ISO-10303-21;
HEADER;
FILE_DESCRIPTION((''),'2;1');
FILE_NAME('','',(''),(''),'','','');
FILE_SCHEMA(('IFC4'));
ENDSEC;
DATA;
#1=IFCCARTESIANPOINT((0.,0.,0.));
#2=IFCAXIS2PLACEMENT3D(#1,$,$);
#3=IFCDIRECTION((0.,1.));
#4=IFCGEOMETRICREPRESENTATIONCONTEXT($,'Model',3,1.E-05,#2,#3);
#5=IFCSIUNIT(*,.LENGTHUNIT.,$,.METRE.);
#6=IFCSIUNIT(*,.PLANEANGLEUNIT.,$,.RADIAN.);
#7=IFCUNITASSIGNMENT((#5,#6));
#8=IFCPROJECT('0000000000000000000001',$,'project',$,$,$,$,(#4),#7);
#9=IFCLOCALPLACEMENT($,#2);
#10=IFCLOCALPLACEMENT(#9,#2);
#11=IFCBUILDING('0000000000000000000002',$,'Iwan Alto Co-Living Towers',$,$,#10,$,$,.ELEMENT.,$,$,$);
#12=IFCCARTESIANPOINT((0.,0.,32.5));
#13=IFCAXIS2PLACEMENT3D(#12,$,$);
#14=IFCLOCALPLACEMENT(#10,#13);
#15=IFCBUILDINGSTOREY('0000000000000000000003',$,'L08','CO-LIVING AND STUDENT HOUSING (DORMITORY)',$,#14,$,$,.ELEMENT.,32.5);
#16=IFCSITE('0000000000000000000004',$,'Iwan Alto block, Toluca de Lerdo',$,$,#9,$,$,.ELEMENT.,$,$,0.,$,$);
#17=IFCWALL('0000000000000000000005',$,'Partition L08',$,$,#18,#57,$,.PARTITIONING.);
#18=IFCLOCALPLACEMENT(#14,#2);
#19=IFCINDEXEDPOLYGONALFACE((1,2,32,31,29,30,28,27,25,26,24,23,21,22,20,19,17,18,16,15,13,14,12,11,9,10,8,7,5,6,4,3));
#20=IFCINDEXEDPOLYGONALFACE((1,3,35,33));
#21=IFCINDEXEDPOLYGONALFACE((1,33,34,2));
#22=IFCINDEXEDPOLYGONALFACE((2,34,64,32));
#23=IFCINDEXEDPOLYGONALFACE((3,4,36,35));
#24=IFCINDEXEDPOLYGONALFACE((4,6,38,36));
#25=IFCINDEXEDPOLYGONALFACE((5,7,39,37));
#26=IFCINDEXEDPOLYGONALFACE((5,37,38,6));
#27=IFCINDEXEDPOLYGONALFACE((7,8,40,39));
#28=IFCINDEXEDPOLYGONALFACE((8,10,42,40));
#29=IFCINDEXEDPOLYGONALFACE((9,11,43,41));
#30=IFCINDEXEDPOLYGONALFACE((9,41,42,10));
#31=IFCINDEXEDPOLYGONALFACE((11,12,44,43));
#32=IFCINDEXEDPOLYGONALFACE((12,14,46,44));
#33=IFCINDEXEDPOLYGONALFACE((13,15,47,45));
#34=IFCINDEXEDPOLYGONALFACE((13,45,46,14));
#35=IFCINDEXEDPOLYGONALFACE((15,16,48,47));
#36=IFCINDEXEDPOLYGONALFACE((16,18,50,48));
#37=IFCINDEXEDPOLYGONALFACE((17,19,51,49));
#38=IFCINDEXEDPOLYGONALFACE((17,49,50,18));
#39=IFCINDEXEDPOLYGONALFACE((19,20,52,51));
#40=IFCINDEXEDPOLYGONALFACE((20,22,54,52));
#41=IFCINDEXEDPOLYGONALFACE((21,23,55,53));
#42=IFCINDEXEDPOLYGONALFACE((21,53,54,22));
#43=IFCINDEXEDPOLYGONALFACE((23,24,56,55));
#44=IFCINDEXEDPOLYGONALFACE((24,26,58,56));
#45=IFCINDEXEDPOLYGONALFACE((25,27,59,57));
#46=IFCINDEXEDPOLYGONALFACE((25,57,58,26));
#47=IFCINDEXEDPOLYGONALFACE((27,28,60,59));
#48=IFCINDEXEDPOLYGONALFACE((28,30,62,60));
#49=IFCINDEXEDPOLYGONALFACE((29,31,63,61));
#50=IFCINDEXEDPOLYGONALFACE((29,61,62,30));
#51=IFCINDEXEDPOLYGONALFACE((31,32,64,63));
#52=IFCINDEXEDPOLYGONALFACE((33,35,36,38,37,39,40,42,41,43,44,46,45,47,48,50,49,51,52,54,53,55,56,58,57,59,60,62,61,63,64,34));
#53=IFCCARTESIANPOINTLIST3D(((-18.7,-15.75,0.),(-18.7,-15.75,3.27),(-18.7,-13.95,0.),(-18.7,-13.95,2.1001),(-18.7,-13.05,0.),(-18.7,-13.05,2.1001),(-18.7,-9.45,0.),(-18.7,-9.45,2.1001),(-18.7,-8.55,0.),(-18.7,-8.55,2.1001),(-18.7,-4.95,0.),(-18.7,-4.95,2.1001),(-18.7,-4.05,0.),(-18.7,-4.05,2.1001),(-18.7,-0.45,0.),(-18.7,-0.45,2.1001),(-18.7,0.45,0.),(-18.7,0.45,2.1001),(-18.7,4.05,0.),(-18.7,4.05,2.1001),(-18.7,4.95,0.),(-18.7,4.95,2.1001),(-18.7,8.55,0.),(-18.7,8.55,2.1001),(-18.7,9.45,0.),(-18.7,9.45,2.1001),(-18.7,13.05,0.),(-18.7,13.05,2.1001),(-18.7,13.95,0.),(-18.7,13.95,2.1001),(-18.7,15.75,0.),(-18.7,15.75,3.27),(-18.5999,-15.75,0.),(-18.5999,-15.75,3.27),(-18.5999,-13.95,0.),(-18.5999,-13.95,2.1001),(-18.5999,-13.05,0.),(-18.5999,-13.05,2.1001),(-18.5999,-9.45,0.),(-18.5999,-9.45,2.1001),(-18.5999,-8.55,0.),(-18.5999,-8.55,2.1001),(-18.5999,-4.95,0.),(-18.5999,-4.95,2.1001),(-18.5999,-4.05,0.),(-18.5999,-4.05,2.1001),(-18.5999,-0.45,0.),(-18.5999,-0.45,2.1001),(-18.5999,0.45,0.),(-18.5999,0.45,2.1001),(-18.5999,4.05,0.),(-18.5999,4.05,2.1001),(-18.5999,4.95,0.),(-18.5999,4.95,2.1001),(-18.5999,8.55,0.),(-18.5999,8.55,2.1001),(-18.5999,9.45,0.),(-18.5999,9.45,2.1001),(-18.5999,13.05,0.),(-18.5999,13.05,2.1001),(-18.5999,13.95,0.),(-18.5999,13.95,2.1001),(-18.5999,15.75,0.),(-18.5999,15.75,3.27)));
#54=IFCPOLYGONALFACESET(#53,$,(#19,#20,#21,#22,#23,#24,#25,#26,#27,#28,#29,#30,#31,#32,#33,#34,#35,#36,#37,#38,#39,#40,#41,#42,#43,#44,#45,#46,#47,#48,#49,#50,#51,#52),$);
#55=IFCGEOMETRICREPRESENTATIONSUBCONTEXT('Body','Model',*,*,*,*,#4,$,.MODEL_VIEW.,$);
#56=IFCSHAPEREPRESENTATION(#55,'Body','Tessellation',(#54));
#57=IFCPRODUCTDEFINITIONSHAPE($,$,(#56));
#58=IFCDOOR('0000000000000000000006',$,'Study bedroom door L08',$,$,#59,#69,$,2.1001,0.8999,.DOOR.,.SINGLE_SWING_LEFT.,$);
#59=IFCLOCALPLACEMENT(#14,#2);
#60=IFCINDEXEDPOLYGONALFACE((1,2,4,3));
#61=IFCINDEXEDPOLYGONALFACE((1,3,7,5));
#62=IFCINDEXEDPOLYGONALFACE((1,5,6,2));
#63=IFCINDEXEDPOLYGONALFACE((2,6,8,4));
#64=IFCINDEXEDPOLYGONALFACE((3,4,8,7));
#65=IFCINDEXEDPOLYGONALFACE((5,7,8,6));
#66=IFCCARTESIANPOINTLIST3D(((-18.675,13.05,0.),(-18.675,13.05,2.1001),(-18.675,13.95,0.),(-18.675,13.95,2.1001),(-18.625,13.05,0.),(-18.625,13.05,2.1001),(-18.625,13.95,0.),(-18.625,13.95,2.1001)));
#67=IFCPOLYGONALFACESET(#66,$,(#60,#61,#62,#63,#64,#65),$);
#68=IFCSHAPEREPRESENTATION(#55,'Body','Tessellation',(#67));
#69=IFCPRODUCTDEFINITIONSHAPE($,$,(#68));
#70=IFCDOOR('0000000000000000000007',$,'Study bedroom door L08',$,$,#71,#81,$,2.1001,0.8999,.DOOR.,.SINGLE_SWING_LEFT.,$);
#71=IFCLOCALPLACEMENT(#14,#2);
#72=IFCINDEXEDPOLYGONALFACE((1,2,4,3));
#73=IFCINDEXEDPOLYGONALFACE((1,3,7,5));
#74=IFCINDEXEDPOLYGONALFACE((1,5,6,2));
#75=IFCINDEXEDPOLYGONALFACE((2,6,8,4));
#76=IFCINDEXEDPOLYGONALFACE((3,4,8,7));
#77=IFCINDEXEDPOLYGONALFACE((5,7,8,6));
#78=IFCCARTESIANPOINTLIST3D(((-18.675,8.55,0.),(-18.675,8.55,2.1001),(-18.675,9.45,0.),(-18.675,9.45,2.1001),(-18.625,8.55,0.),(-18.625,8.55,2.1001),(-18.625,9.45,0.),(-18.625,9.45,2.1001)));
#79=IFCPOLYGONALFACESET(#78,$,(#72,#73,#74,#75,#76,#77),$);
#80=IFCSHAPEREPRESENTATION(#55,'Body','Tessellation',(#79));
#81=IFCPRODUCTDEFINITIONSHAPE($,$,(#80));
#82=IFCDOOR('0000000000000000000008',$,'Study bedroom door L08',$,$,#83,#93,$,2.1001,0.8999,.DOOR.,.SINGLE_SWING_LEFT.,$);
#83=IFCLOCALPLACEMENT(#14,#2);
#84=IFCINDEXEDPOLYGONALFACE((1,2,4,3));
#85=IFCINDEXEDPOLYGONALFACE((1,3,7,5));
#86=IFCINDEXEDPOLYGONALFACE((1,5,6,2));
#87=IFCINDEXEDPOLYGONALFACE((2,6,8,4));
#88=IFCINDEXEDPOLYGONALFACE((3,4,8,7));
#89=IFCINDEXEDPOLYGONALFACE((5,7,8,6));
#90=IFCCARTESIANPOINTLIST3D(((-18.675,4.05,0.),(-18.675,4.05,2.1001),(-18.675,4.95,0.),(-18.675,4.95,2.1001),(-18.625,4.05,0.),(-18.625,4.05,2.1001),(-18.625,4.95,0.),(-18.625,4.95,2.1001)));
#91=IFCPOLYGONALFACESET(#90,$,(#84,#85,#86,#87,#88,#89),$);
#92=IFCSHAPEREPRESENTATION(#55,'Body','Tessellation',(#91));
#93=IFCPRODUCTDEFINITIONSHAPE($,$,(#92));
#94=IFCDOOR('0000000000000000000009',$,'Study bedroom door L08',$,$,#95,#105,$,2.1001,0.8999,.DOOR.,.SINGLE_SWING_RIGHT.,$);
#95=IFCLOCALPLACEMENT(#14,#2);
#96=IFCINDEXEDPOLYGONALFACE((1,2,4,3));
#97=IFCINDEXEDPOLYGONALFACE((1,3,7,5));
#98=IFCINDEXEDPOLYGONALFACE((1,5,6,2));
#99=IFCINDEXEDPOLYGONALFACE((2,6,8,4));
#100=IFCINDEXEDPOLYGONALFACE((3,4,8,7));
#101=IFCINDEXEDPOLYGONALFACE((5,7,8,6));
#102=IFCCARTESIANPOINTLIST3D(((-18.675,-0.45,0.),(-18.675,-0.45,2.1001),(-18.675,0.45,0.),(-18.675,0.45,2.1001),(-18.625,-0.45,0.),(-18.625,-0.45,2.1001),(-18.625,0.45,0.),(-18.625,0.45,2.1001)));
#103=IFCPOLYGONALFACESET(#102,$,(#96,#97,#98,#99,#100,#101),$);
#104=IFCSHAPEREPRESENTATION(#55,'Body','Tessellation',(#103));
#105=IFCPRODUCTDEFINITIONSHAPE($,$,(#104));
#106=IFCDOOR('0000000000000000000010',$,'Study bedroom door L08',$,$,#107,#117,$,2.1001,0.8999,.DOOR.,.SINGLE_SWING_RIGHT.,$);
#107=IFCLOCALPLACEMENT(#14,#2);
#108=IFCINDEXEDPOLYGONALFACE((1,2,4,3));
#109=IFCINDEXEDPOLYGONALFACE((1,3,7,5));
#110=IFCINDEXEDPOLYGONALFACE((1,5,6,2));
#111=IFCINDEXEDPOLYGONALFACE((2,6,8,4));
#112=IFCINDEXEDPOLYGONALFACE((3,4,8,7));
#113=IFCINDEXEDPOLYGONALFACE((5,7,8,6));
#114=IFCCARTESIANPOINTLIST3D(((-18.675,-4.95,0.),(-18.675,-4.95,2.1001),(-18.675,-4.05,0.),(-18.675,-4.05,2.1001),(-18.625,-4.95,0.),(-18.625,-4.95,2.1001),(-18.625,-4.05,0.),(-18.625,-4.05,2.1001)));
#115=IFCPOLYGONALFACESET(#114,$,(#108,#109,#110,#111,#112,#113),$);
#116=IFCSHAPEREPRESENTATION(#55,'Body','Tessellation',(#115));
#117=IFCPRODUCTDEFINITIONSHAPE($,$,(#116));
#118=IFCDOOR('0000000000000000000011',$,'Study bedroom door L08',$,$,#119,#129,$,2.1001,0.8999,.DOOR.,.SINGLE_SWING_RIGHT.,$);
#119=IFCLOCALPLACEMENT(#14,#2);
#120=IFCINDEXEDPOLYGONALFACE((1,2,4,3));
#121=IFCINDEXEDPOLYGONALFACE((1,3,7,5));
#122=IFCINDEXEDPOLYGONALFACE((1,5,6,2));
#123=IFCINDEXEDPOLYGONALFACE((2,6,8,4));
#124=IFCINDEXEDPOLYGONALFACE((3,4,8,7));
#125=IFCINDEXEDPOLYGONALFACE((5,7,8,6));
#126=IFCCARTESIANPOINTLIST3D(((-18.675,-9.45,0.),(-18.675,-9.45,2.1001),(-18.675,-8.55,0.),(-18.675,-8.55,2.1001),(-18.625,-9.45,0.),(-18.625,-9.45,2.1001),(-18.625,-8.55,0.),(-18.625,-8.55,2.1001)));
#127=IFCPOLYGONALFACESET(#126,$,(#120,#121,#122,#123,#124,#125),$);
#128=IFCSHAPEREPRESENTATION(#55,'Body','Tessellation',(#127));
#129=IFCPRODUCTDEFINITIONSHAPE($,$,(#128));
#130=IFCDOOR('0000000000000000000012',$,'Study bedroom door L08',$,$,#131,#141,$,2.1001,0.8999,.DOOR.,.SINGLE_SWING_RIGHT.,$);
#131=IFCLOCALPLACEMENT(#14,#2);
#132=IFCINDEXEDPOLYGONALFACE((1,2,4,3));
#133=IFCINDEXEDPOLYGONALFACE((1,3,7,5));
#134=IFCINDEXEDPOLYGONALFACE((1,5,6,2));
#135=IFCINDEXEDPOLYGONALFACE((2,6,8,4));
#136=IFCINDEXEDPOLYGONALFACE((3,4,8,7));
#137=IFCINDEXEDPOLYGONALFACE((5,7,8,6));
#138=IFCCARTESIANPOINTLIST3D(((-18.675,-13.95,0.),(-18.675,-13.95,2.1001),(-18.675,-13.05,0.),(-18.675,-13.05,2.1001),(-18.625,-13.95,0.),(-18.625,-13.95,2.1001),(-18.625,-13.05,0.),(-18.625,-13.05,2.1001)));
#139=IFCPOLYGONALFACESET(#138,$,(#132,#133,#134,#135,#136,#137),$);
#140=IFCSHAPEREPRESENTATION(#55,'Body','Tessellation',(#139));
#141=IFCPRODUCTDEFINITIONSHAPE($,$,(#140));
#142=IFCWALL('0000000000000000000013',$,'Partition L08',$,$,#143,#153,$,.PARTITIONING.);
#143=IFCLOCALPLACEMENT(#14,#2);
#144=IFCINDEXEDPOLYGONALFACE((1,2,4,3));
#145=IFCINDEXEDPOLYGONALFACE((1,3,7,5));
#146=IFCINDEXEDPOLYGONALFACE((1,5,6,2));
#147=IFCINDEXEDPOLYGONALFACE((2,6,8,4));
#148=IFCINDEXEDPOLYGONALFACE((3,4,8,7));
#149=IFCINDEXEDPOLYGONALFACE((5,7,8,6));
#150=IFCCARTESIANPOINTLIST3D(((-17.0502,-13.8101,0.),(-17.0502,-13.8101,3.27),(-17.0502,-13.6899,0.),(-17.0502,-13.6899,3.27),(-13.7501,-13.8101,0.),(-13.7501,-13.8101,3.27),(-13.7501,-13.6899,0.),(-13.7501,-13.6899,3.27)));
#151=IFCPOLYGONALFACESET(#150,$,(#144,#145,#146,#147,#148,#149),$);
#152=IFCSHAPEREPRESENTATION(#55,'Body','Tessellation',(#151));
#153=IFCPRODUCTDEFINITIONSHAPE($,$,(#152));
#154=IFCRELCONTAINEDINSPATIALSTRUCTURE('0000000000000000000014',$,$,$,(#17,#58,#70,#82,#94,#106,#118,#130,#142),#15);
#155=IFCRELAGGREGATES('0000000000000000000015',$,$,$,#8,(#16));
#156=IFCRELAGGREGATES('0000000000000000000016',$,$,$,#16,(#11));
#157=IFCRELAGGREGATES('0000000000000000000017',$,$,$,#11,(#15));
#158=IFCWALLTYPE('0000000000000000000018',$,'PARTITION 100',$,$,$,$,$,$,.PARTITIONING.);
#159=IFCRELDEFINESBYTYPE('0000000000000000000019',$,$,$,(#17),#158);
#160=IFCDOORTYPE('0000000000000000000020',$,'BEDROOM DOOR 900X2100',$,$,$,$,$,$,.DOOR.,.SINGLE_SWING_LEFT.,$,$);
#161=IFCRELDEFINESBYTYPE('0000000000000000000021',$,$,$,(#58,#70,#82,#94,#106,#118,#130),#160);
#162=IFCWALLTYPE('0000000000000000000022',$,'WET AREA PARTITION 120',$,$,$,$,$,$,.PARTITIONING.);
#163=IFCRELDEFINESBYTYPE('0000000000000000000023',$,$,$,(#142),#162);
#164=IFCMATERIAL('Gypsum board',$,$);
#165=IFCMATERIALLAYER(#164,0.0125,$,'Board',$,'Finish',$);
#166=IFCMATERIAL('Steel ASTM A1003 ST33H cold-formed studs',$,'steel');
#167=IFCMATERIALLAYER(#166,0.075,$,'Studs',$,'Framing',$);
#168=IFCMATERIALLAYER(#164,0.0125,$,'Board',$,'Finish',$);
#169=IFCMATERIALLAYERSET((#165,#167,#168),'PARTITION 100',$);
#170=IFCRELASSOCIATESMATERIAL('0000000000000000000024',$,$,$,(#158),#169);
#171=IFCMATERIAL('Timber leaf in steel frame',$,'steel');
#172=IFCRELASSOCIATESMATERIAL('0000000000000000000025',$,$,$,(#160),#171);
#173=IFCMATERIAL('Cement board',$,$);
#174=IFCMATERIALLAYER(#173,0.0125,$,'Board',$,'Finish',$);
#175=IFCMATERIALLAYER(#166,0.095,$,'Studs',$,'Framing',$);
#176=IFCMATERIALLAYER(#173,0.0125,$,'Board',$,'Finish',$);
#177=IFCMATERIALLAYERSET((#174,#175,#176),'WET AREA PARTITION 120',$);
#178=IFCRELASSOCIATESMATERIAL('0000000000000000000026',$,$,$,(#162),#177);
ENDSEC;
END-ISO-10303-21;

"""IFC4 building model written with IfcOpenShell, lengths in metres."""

from ifc_helpers import new_model, si_unit, direction, frame, frame_2d, origin, place, context, subcontext, project, spatial, rectangle, extrude, material, layer, layer_set, type_object, element, fill, save


model = new_model("IFC4")

# Units and contexts
model_context = context("Model", 3, precision=1e-05, world=origin(), true_north=direction((0.0, 1.0)))
body_context = subcontext(model_context, "Body", "Model", "MODEL_VIEW")
ifc_project = project(units=[si_unit("LENGTHUNIT", "METRE"), si_unit("PLANEANGLEUNIT", "RADIAN")], contexts=[model_context])

# Site, building, storey
site_placement = place(None, origin())
site = spatial("IfcSite", under=ifc_project, at=site_placement, Name="Iwan Alto block, Toluca de Lerdo", CompositionType="ELEMENT", RefElevation=0.0)
building_placement = place(site_placement, origin())
building = spatial("IfcBuilding", under=site, at=building_placement, Name="Iwan Alto Co-Living Towers", CompositionType="ELEMENT")
storey_placement = place(building_placement, frame((0.0, 0.0, 32.5)))
storey = spatial("IfcBuildingStorey", under=building, at=storey_placement, Name="L08", Description="CO-LIVING AND STUDENT HOUSING (DORMITORY)", CompositionType="ELEMENT", Elevation=32.5)

# Shared definitions
ifc_material_1 = material(Name="Gypsum board")
ifc_layer_1 = layer(ifc_material_1, 0.0125, Name="Board", Category="Finish")
ifc_material_2 = material(Name="Steel ASTM A1003 ST33H cold-formed studs", Category="steel")
ifc_layer_2 = layer(ifc_material_2, 0.075, Name="Studs", Category="Framing")
ifc_layer_3 = layer(ifc_material_1, 0.0125, Name="Board", Category="Finish")
ifc_layer_set_1 = layer_set([ifc_layer_1, ifc_layer_2, ifc_layer_3], Name="PARTITION 100")
wall_type_1 = type_object("IfcWallType", Name="PARTITION 100", PredefinedType="PARTITIONING", material=ifc_layer_set_1)

# Wall, openings, doors
wall_1_placement = place(storey_placement, frame((-18.6499, -15.75, 0.0), z_axis=(0.0, 0.0, 1.0), x_axis=(0.0, 1.0, 0.0)))
wall_1 = element("IfcWall", 1, at=wall_1_placement, inside=storey, type_object=wall_type_1, Name="Partition L08", PredefinedType="PARTITIONING", context=body_context, shape_type="SweptSolid", body=[
    extrude(rectangle(XDim=31.5, YDim=0.1001, at=frame_2d((15.75, 0.0))), origin(), (0.0, 0.0, 1.0), 3.27),
])
opening_1_placement = place(wall_1_placement, frame((28.8, 0.0, 0.0)))
opening_1 = element("IfcOpeningElement", 2, at=opening_1_placement, cuts=wall_1, PredefinedType="OPENING", context=body_context, shape_type="SweptSolid", body=[
    extrude(rectangle(XDim=0.8999, YDim=2.1001, at=frame_2d((0.45, 1.05))), frame((0.0, 0.0601, 0.0), z_axis=(0.0, -1.0, 0.0), x_axis=(1.0, 0.0, 0.0)), (0.0, 0.0, 1.0), 0.1201),
])
opening_2_placement = place(wall_1_placement, frame((24.3, 0.0, 0.0)))
opening_2 = element("IfcOpeningElement", 3, at=opening_2_placement, cuts=wall_1, PredefinedType="OPENING", context=body_context, shape_type="SweptSolid", body=[
    extrude(rectangle(XDim=0.8999, YDim=2.1001, at=frame_2d((0.45, 1.05))), frame((0.0, 0.0601, 0.0), z_axis=(0.0, -1.0, 0.0), x_axis=(1.0, 0.0, 0.0)), (0.0, 0.0, 1.0), 0.1201),
])
opening_3_placement = place(wall_1_placement, frame((19.8, 0.0, 0.0)))
opening_3 = element("IfcOpeningElement", 4, at=opening_3_placement, cuts=wall_1, PredefinedType="OPENING", context=body_context, shape_type="SweptSolid", body=[
    extrude(rectangle(XDim=0.8999, YDim=2.1001, at=frame_2d((0.45, 1.05))), frame((0.0, 0.0601, 0.0), z_axis=(0.0, -1.0, 0.0), x_axis=(1.0, 0.0, 0.0)), (0.0, 0.0, 1.0), 0.1201),
])
opening_4_placement = place(wall_1_placement, frame((15.3, 0.0, 0.0)))
opening_4 = element("IfcOpeningElement", 5, at=opening_4_placement, cuts=wall_1, PredefinedType="OPENING", context=body_context, shape_type="SweptSolid", body=[
    extrude(rectangle(XDim=0.8999, YDim=2.1001, at=frame_2d((0.45, 1.05))), frame((0.0, 0.0601, 0.0), z_axis=(0.0, -1.0, 0.0), x_axis=(1.0, 0.0, 0.0)), (0.0, 0.0, 1.0), 0.1201),
])
opening_5_placement = place(wall_1_placement, frame((10.8, 0.0, 0.0)))
opening_5 = element("IfcOpeningElement", 6, at=opening_5_placement, cuts=wall_1, PredefinedType="OPENING", context=body_context, shape_type="SweptSolid", body=[
    extrude(rectangle(XDim=0.8999, YDim=2.1001, at=frame_2d((0.45, 1.05))), frame((0.0, 0.0601, 0.0), z_axis=(0.0, -1.0, 0.0), x_axis=(1.0, 0.0, 0.0)), (0.0, 0.0, 1.0), 0.1201),
])
opening_6_placement = place(wall_1_placement, frame((6.3, 0.0, 0.0)))
opening_6 = element("IfcOpeningElement", 7, at=opening_6_placement, cuts=wall_1, PredefinedType="OPENING", context=body_context, shape_type="SweptSolid", body=[
    extrude(rectangle(XDim=0.8999, YDim=2.1001, at=frame_2d((0.45, 1.05))), frame((0.0, 0.0601, 0.0), z_axis=(0.0, -1.0, 0.0), x_axis=(1.0, 0.0, 0.0)), (0.0, 0.0, 1.0), 0.1201),
])
opening_7_placement = place(wall_1_placement, frame((1.8, 0.0, 0.0)))
opening_7 = element("IfcOpeningElement", 8, at=opening_7_placement, cuts=wall_1, PredefinedType="OPENING", context=body_context, shape_type="SweptSolid", body=[
    extrude(rectangle(XDim=0.8999, YDim=2.1001, at=frame_2d((0.45, 1.05))), frame((0.0, 0.0601, 0.0), z_axis=(0.0, -1.0, 0.0), x_axis=(1.0, 0.0, 0.0)), (0.0, 0.0, 1.0), 0.1201),
])
ifc_material_3 = material(Name="Timber leaf in steel frame", Category="steel")
door_type_1 = type_object("IfcDoorType", Name="BEDROOM DOOR 900X2100", OperationType="SINGLE_SWING_LEFT", PredefinedType="DOOR", material=ifc_material_3)
door_1_placement = place(opening_1_placement, frame((0.8999, 0.0, 0.0), z_axis=(0.0, 0.0, 1.0), x_axis=(-1.0, 0.0, 0.0)))
door_1 = element("IfcDoor", 9, at=door_1_placement, inside=storey, type_object=door_type_1, Name="Study bedroom door L08", OperationType="SINGLE_SWING_LEFT", OverallHeight=2.1001, OverallWidth=0.8999, PredefinedType="DOOR", context=body_context, shape_type="SweptSolid", body=[
    extrude(rectangle(XDim=0.8999, YDim=2.1001, at=frame_2d((0.45, 1.05))), frame((0.0, 0.0249, 0.0), z_axis=(0.0, -1.0, 0.0), x_axis=(1.0, 0.0, 0.0)), (0.0, 0.0, 1.0), 0.05),
])
fill(opening_1, door_1)
door_2_placement = place(opening_2_placement, frame((0.8999, 0.0, 0.0), z_axis=(0.0, 0.0, 1.0), x_axis=(-1.0, 0.0, 0.0)))
door_2 = element("IfcDoor", 10, at=door_2_placement, inside=storey, type_object=door_type_1, Name="Study bedroom door L08", OperationType="SINGLE_SWING_LEFT", OverallHeight=2.1001, OverallWidth=0.8999, PredefinedType="DOOR", context=body_context, shape_type="SweptSolid", body=[
    extrude(rectangle(XDim=0.8999, YDim=2.1001, at=frame_2d((0.45, 1.05))), frame((0.0, 0.0249, 0.0), z_axis=(0.0, -1.0, 0.0), x_axis=(1.0, 0.0, 0.0)), (0.0, 0.0, 1.0), 0.05),
])
fill(opening_2, door_2)
door_3_placement = place(opening_3_placement, frame((0.8999, 0.0, 0.0), z_axis=(0.0, 0.0, 1.0), x_axis=(-1.0, 0.0, 0.0)))
door_3 = element("IfcDoor", 11, at=door_3_placement, inside=storey, type_object=door_type_1, Name="Study bedroom door L08", OperationType="SINGLE_SWING_LEFT", OverallHeight=2.1001, OverallWidth=0.8999, PredefinedType="DOOR", context=body_context, shape_type="SweptSolid", body=[
    extrude(rectangle(XDim=0.8999, YDim=2.1001, at=frame_2d((0.45, 1.05))), frame((0.0, 0.0249, 0.0), z_axis=(0.0, -1.0, 0.0), x_axis=(1.0, 0.0, 0.0)), (0.0, 0.0, 1.0), 0.05),
])
fill(opening_3, door_3)
door_4_placement = place(opening_4_placement, frame((0.8999, 0.0, 0.0), z_axis=(0.0, 0.0, 1.0), x_axis=(-1.0, 0.0, 0.0)))
door_4 = element("IfcDoor", 12, at=door_4_placement, inside=storey, type_object=door_type_1, Name="Study bedroom door L08", OperationType="SINGLE_SWING_RIGHT", OverallHeight=2.1001, OverallWidth=0.8999, PredefinedType="DOOR", context=body_context, shape_type="SweptSolid", body=[
    extrude(rectangle(XDim=0.8999, YDim=2.1001, at=frame_2d((0.45, 1.05))), frame((0.0, 0.0249, 0.0), z_axis=(0.0, -1.0, 0.0), x_axis=(1.0, 0.0, 0.0)), (0.0, 0.0, 1.0), 0.05),
])
fill(opening_4, door_4)
door_5_placement = place(opening_5_placement, frame((0.8999, 0.0, 0.0), z_axis=(0.0, 0.0, 1.0), x_axis=(-1.0, 0.0, 0.0)))
door_5 = element("IfcDoor", 13, at=door_5_placement, inside=storey, type_object=door_type_1, Name="Study bedroom door L08", OperationType="SINGLE_SWING_RIGHT", OverallHeight=2.1001, OverallWidth=0.8999, PredefinedType="DOOR", context=body_context, shape_type="SweptSolid", body=[
    extrude(rectangle(XDim=0.8999, YDim=2.1001, at=frame_2d((0.45, 1.05))), frame((0.0, 0.0249, 0.0), z_axis=(0.0, -1.0, 0.0), x_axis=(1.0, 0.0, 0.0)), (0.0, 0.0, 1.0), 0.05),
])
fill(opening_5, door_5)
door_6_placement = place(opening_6_placement, frame((0.8999, 0.0, 0.0), z_axis=(0.0, 0.0, 1.0), x_axis=(-1.0, 0.0, 0.0)))
door_6 = element("IfcDoor", 14, at=door_6_placement, inside=storey, type_object=door_type_1, Name="Study bedroom door L08", OperationType="SINGLE_SWING_RIGHT", OverallHeight=2.1001, OverallWidth=0.8999, PredefinedType="DOOR", context=body_context, shape_type="SweptSolid", body=[
    extrude(rectangle(XDim=0.8999, YDim=2.1001, at=frame_2d((0.45, 1.05))), frame((0.0, 0.0249, 0.0), z_axis=(0.0, -1.0, 0.0), x_axis=(1.0, 0.0, 0.0)), (0.0, 0.0, 1.0), 0.05),
])
fill(opening_6, door_6)
door_7_placement = place(opening_7_placement, frame((0.8999, 0.0, 0.0), z_axis=(0.0, 0.0, 1.0), x_axis=(-1.0, 0.0, 0.0)))
door_7 = element("IfcDoor", 15, at=door_7_placement, inside=storey, type_object=door_type_1, Name="Study bedroom door L08", OperationType="SINGLE_SWING_RIGHT", OverallHeight=2.1001, OverallWidth=0.8999, PredefinedType="DOOR", context=body_context, shape_type="SweptSolid", body=[
    extrude(rectangle(XDim=0.8999, YDim=2.1001, at=frame_2d((0.45, 1.05))), frame((0.0, 0.0249, 0.0), z_axis=(0.0, -1.0, 0.0), x_axis=(1.0, 0.0, 0.0)), (0.0, 0.0, 1.0), 0.05),
])
fill(opening_7, door_7)

# Wall
ifc_material_4 = material(Name="Cement board")
ifc_layer_4 = layer(ifc_material_4, 0.0125, Name="Board", Category="Finish")
ifc_layer_5 = layer(ifc_material_2, 0.095, Name="Studs", Category="Framing")
ifc_layer_6 = layer(ifc_material_4, 0.0125, Name="Board", Category="Finish")
ifc_layer_set_2 = layer_set([ifc_layer_4, ifc_layer_5, ifc_layer_6], Name="WET AREA PARTITION 120")
wall_type_2 = type_object("IfcWallType", Name="WET AREA PARTITION 120", PredefinedType="PARTITIONING", material=ifc_layer_set_2)
wall_2_placement = place(storey_placement, frame((-17.05, -13.75, 0.0), z_axis=(0.0, 0.0, 1.0), x_axis=(1.0, 0.0, 0.0)))
element("IfcWall", 16, at=wall_2_placement, inside=storey, type_object=wall_type_2, Name="Partition L08", PredefinedType="PARTITIONING", context=body_context, shape_type="SweptSolid", body=[
    extrude(rectangle(XDim=3.3, YDim=0.1201, at=frame_2d((1.6499, 0.0))), origin(), (0.0, 0.0, 1.0), 3.27),
])

save(model, "model.ifc")
